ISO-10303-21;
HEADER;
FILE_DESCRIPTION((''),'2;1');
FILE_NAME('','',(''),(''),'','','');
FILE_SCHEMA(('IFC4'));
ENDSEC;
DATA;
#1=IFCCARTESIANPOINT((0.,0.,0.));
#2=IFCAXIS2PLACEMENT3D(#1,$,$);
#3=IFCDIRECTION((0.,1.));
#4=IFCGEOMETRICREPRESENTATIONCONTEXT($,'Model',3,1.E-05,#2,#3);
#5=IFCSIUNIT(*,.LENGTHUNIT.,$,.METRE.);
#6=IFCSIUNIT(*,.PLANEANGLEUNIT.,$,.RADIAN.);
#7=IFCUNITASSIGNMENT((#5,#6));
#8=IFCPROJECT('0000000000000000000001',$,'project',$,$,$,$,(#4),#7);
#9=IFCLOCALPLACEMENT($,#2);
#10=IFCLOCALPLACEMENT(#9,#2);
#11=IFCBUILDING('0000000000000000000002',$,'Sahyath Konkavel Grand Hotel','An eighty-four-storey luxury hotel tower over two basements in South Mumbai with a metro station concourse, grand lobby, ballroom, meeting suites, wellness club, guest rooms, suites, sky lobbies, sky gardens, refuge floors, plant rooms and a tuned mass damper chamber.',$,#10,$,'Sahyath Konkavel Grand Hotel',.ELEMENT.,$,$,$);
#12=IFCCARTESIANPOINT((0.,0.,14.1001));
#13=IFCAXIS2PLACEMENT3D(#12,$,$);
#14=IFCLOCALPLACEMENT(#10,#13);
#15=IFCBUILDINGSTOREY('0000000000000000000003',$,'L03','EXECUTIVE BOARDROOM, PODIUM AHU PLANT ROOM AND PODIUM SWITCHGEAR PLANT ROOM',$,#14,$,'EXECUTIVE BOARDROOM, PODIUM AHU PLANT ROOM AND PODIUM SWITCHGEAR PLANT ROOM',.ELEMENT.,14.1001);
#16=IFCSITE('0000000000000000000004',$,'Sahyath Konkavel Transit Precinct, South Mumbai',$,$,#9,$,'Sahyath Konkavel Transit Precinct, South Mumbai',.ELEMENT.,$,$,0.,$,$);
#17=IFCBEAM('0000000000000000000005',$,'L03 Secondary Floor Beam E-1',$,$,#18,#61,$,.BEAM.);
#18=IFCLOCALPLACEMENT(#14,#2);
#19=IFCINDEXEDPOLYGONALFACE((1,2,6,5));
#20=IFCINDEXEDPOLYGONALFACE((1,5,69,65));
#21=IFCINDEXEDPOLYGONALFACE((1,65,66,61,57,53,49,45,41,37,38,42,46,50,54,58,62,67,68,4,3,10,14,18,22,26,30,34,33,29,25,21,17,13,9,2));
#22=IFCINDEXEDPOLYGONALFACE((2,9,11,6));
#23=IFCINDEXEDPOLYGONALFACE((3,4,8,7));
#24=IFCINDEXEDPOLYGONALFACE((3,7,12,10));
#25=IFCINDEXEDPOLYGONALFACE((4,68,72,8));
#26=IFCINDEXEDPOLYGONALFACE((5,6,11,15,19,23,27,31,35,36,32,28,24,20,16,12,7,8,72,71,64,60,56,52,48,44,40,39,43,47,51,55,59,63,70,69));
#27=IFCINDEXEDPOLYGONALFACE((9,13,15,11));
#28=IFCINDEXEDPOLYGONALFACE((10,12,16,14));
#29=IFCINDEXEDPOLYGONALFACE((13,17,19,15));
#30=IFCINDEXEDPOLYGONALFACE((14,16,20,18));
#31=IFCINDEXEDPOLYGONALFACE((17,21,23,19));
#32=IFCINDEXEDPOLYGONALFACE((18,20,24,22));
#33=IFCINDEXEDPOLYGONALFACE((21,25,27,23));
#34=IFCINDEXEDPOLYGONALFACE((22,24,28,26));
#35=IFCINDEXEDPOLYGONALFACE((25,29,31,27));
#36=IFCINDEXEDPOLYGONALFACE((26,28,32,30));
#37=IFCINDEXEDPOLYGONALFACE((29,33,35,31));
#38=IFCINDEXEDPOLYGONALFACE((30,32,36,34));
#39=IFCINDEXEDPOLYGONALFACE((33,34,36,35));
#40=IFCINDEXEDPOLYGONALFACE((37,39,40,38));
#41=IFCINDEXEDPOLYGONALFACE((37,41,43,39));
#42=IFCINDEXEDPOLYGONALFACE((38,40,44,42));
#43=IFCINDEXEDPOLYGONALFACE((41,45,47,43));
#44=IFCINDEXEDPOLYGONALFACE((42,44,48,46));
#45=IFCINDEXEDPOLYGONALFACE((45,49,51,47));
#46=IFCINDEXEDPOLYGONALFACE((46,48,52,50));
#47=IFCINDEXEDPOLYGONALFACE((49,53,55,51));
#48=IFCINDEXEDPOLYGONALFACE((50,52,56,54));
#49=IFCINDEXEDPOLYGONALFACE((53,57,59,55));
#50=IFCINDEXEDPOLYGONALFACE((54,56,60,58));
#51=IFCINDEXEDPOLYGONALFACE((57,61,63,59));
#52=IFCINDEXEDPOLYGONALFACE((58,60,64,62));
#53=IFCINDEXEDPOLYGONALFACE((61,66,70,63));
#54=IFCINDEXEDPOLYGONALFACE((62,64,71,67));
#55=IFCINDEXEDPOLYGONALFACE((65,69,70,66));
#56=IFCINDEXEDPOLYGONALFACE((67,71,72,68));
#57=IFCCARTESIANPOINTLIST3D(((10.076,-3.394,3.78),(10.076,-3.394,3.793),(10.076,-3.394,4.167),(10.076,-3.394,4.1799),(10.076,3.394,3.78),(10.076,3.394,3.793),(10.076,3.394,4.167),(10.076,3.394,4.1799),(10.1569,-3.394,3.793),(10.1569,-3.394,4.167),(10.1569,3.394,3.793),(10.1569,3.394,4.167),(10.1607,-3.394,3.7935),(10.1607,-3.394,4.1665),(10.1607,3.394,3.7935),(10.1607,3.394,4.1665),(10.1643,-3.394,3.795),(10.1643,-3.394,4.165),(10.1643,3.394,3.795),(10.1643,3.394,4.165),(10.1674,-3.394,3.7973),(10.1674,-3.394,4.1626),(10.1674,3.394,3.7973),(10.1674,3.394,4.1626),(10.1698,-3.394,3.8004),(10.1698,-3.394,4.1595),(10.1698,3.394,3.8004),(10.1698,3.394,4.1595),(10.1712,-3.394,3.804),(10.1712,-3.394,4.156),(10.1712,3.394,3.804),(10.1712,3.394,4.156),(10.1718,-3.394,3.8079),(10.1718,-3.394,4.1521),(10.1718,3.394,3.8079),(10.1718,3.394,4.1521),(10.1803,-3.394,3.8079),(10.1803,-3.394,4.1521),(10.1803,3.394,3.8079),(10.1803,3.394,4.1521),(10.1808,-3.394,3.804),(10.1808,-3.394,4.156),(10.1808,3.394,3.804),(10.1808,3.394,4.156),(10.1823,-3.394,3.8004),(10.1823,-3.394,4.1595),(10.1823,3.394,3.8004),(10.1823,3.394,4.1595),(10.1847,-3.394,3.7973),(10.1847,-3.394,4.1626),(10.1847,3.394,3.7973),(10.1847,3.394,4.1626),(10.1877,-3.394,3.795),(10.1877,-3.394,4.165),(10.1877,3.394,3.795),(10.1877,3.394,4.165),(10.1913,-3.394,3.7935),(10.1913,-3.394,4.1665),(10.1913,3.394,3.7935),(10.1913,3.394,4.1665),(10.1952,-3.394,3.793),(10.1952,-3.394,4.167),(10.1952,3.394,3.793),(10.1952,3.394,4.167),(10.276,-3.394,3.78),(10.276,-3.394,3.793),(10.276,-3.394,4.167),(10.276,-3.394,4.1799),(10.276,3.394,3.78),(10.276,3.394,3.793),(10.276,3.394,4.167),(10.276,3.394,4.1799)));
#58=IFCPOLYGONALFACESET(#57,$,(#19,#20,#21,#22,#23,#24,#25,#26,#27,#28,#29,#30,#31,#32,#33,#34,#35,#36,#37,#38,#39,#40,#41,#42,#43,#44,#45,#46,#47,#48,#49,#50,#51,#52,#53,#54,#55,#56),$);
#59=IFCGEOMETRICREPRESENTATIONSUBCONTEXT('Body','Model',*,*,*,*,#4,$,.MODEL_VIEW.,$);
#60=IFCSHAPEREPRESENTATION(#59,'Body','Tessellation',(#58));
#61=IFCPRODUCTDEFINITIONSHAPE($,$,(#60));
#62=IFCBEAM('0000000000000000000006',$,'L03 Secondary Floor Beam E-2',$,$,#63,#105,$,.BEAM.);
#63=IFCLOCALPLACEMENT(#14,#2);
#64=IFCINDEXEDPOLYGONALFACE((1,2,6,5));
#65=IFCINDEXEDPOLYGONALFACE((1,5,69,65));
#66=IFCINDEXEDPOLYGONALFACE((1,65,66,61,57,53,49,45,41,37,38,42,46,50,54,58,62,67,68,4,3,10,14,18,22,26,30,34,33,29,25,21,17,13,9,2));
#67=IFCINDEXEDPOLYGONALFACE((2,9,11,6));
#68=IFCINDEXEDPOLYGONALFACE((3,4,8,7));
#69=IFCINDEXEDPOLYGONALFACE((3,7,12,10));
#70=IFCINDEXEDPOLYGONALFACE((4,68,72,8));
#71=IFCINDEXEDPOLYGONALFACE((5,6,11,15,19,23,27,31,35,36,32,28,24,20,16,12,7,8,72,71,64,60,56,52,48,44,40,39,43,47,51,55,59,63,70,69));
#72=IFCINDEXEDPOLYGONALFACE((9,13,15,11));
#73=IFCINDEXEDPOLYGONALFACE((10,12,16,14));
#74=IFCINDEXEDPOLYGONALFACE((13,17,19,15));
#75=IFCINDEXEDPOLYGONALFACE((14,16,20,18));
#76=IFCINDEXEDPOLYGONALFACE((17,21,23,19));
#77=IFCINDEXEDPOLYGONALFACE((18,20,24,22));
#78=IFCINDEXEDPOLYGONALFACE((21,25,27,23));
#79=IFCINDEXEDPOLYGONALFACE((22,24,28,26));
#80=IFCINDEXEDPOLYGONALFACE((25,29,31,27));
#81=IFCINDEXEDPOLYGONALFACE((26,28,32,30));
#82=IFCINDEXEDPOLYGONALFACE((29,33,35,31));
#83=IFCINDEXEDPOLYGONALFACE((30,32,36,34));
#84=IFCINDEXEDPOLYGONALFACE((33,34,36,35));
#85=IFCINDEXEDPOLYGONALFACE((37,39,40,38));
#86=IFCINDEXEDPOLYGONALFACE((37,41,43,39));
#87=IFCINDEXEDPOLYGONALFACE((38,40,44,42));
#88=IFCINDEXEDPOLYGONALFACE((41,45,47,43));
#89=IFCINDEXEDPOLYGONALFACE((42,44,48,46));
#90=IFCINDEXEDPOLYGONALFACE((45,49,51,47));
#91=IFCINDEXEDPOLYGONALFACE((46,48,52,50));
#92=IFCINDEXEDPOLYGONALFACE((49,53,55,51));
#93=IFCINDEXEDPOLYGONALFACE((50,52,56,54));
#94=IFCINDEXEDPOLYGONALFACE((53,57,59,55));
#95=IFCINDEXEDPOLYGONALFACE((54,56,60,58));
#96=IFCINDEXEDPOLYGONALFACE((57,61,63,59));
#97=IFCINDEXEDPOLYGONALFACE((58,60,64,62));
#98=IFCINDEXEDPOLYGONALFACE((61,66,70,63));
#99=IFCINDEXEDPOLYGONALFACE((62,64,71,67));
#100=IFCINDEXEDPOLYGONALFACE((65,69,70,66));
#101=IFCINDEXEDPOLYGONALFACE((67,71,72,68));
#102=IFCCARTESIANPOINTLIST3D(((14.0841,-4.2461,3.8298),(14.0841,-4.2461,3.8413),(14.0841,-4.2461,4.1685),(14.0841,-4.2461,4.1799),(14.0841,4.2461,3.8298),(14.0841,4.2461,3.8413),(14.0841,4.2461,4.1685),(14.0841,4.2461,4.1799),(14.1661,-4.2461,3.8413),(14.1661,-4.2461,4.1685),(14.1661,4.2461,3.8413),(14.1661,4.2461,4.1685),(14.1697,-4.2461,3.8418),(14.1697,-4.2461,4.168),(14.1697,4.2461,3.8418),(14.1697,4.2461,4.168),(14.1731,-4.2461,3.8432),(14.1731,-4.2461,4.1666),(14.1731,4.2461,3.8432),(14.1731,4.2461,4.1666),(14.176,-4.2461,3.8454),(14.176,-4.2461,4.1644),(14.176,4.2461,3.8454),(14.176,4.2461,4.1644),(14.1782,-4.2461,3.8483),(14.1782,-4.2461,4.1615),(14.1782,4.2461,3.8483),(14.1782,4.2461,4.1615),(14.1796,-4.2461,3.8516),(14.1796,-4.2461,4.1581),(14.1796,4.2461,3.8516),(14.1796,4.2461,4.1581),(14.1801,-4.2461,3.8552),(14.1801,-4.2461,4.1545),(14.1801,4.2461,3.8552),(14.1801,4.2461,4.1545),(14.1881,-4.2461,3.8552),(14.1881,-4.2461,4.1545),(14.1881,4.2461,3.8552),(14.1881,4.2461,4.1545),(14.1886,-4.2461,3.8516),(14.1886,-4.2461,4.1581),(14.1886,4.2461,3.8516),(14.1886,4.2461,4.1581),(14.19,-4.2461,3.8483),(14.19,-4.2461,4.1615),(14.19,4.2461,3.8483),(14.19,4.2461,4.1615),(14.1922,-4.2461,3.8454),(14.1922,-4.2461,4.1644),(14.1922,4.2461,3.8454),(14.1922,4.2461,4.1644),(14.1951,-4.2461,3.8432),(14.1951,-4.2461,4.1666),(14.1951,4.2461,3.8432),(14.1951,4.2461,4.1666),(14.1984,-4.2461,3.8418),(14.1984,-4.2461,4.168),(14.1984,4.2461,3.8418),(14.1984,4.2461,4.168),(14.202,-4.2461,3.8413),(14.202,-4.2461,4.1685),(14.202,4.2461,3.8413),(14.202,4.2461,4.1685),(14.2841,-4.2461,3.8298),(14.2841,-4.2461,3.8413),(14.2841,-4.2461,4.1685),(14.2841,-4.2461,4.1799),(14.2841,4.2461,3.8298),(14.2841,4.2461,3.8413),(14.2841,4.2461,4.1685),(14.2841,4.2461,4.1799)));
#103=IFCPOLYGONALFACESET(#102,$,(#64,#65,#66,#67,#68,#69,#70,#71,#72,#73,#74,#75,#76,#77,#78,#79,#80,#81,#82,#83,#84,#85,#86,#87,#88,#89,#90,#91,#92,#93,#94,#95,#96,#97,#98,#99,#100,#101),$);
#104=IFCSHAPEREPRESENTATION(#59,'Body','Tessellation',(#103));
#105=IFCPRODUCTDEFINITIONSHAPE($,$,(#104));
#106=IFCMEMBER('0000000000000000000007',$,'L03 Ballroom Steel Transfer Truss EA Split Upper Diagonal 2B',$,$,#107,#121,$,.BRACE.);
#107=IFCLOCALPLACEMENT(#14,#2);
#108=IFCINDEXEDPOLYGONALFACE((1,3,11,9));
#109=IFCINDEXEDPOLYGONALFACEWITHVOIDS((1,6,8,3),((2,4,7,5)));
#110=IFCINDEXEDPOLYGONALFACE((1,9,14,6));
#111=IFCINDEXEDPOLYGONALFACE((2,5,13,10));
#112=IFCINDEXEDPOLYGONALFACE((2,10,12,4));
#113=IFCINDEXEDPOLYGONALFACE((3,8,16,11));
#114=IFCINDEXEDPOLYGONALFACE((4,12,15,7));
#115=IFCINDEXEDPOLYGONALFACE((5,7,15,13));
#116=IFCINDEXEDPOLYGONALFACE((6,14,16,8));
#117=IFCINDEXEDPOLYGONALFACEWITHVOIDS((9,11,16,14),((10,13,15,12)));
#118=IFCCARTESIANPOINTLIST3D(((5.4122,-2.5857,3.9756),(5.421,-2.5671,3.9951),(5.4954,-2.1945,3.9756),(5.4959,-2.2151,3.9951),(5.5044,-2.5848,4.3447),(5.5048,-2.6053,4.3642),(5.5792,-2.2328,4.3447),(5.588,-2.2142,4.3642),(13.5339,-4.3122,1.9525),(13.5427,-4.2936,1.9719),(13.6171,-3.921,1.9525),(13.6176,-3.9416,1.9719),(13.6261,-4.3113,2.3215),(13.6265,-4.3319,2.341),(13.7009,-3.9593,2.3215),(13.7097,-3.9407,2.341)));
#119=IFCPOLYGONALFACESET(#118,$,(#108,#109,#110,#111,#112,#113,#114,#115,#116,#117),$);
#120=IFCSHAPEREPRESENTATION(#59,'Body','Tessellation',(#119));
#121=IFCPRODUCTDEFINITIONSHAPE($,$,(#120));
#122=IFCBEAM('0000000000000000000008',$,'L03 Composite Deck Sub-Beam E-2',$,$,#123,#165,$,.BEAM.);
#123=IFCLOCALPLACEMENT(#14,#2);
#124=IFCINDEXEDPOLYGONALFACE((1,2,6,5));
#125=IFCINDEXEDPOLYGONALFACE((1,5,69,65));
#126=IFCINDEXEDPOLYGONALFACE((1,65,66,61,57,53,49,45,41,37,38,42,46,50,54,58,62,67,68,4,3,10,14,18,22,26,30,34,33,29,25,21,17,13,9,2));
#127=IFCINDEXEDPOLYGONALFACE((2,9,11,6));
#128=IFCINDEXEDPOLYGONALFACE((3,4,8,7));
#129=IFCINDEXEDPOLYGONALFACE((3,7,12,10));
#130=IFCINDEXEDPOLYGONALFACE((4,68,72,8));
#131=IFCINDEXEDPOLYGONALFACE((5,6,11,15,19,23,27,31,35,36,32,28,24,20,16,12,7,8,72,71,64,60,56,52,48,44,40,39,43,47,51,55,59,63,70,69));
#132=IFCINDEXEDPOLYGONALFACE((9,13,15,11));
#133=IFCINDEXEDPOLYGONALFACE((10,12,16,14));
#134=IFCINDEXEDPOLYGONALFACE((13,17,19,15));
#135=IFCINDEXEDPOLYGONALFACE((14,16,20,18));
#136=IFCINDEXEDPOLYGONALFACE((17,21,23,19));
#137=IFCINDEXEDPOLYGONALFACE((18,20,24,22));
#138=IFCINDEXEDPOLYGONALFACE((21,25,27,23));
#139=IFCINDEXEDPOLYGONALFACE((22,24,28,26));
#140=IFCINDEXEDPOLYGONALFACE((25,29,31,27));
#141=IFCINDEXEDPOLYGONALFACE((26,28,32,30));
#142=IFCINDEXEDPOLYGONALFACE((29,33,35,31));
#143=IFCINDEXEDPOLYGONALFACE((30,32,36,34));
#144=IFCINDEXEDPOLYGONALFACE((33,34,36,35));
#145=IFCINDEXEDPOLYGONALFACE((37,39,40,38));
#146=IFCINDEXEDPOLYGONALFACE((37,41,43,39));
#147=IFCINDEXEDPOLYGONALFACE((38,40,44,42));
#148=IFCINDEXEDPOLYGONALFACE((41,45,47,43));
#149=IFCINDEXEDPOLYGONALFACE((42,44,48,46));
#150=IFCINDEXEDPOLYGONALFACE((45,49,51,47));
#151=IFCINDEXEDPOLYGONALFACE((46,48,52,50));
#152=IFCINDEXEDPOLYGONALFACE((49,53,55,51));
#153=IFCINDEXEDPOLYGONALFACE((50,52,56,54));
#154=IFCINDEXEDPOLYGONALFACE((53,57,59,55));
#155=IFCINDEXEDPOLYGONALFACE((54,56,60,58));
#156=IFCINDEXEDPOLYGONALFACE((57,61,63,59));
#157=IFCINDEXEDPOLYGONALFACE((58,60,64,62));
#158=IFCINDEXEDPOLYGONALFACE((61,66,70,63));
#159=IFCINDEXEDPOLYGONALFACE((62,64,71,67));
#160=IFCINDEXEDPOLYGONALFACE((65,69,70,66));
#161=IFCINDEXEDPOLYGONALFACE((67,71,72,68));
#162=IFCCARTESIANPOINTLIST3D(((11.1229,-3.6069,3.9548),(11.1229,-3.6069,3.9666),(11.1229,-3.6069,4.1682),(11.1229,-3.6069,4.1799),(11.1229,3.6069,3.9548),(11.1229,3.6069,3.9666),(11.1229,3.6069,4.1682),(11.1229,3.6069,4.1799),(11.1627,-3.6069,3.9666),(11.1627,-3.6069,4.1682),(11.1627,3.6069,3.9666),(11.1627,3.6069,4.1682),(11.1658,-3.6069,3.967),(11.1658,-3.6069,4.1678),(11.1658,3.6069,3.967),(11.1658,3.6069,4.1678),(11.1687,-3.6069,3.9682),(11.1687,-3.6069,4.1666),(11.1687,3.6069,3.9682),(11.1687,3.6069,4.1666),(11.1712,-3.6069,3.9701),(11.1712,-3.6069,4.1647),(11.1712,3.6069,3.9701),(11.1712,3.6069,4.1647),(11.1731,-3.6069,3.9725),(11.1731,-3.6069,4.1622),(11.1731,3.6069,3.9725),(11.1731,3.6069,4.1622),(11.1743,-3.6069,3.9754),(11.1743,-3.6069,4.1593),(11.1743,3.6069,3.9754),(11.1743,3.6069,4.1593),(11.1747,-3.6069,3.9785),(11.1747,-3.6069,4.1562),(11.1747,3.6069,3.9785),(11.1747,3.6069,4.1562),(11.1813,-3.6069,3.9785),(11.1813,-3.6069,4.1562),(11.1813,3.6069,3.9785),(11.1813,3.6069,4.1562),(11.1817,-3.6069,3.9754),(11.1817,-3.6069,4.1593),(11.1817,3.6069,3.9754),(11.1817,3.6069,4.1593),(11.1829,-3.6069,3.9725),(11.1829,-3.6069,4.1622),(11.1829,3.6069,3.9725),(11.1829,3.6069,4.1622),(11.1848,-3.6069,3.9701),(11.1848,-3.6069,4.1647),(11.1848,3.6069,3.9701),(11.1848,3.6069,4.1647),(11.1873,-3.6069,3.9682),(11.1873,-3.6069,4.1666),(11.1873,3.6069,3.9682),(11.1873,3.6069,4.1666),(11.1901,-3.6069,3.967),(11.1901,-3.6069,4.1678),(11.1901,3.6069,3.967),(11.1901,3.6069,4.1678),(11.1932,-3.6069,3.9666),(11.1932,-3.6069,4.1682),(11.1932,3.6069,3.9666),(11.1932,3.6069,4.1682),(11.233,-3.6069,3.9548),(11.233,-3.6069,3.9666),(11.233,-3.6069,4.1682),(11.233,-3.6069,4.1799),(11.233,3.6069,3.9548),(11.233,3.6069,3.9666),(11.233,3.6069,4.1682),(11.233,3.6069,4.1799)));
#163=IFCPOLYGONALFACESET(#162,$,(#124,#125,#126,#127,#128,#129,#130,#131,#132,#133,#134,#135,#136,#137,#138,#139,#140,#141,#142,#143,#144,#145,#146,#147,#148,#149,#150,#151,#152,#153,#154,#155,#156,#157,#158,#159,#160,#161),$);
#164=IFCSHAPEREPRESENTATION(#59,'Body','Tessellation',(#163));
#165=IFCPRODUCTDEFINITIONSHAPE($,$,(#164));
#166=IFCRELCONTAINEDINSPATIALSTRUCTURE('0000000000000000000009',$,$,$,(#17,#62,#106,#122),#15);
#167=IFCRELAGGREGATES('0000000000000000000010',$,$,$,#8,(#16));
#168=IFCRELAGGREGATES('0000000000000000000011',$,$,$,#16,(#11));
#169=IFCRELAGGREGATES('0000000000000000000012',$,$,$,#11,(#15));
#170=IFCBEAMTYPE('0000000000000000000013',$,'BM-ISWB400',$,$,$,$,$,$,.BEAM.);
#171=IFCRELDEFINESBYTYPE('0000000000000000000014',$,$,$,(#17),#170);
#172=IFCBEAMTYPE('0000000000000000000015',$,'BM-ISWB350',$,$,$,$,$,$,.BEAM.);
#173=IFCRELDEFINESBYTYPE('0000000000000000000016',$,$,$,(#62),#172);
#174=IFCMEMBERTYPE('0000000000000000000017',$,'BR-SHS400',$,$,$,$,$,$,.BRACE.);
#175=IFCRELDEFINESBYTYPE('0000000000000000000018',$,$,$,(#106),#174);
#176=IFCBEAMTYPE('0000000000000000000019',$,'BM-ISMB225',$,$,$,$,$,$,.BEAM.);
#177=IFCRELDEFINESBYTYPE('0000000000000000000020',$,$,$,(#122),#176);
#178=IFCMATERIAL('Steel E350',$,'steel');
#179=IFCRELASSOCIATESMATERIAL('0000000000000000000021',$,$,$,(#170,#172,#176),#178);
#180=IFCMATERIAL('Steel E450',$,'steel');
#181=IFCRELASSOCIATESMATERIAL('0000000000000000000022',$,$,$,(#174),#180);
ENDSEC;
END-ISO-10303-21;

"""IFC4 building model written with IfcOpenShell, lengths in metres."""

from ifc_helpers import new_model, si_unit, direction, frame, origin, origin_2d, place, context, subcontext, project, spatial, hollow_rectangle, i_section, extrude, source, transform, mapped, material, material_profile, profile_set, type_object, element, save


model = new_model("IFC4")

# Units and contexts
model_context = context("Model", 3, precision=1e-05, world=origin(), true_north=direction((0.0, 1.0)))
body_context = subcontext(model_context, "Body", "Model", "MODEL_VIEW")
ifc_project = project(units=[si_unit("LENGTHUNIT", "METRE"), si_unit("PLANEANGLEUNIT", "RADIAN")], contexts=[model_context])

# Site, building, storey
site_placement = place(None, origin())
site = spatial("IfcSite", under=ifc_project, at=site_placement, Name="Sahyath Konkavel Transit Precinct, South Mumbai", LongName="Sahyath Konkavel Transit Precinct, South Mumbai", CompositionType="ELEMENT", RefElevation=0.0)
building_placement = place(site_placement, origin())
building = spatial("IfcBuilding", under=site, at=building_placement, Name="Sahyath Konkavel Grand Hotel", Description="An eighty-four-storey luxury hotel tower over two basements in South Mumbai with a metro station concourse, grand lobby, ballroom, meeting suites, wellness club, guest rooms, suites, sky lobbies, sky gardens, refuge floors, plant rooms and a tuned mass damper chamber.", LongName="Sahyath Konkavel Grand Hotel", CompositionType="ELEMENT")
storey_placement = place(building_placement, frame((0.0, 0.0, 14.1001)))
storey = spatial("IfcBuildingStorey", under=building, at=storey_placement, Name="L03", Description="EXECUTIVE BOARDROOM, PODIUM AHU PLANT ROOM AND PODIUM SWITCHGEAR PLANT ROOM", LongName="EXECUTIVE BOARDROOM, PODIUM AHU PLANT ROOM AND PODIUM SWITCHGEAR PLANT ROOM", CompositionType="ELEMENT", Elevation=14.1001)

# Shared definitions
ifc_material_1 = material(Name="Steel E350", Category="steel")

# Beams
ifc_material_profile_1 = material_profile(ifc_material_1, i_section(OverallWidth=0.2, OverallDepth=0.3999, WebThickness=0.0085, FlangeThickness=0.0129, FilletRadius=0.0149, at=origin_2d()), Name="ISWB 400")
ifc_profile_set_1 = profile_set([ifc_material_profile_1], Name="Steel E350")
beam_type_1 = type_object("IfcBeamType", Name="BM-ISWB400", PredefinedType="BEAM", material=ifc_profile_set_1)
shared_shape_1 = source(origin(), body_context, "Body", "SweptSolid", [
    extrude(i_section(OverallWidth=0.2, OverallDepth=0.3999, WebThickness=0.0085, FlangeThickness=0.0129, FilletRadius=0.0149, at=origin_2d()), origin(), (0.0, 0.0, 1.0), 6.7881),
])
beam_1_placement = place(storey_placement, frame((10.176, -3.394, 3.98), z_axis=(0.0, 1.0, 0.0), x_axis=(-1.0, 0.0, 0.0)))
element("IfcBeam", 1, at=beam_1_placement, inside=storey, type_object=beam_type_1, Name="L03 Secondary Floor Beam E-1", PredefinedType="BEAM", context=body_context, shape_type="MappedRepresentation", body=[
    mapped(shared_shape_1, transform((0.0, 0.0, 0.0), scale=1.0)),
])
ifc_material_profile_2 = material_profile(ifc_material_1, i_section(OverallWidth=0.2, OverallDepth=0.3501, WebThickness=0.0081, FlangeThickness=0.0115, FilletRadius=0.0139, at=origin_2d()), Name="ISWB 350")
ifc_profile_set_2 = profile_set([ifc_material_profile_2], Name="Steel E350")
beam_type_2 = type_object("IfcBeamType", Name="BM-ISWB350", PredefinedType="BEAM", material=ifc_profile_set_2)
shared_shape_2 = source(origin(), body_context, "Body", "SweptSolid", [
    extrude(i_section(OverallWidth=0.2, OverallDepth=0.3501, WebThickness=0.0081, FlangeThickness=0.0115, FilletRadius=0.0139, at=origin_2d()), origin(), (0.0, 0.0, 1.0), 8.4922),
])
beam_2_placement = place(storey_placement, frame((14.1841, -4.2461, 4.0049), z_axis=(0.0, 1.0, 0.0), x_axis=(-1.0, 0.0, 0.0)))
element("IfcBeam", 2, at=beam_2_placement, inside=storey, type_object=beam_type_2, Name="L03 Secondary Floor Beam E-2", PredefinedType="BEAM", context=body_context, shape_type="MappedRepresentation", body=[
    mapped(shared_shape_2, transform((0.0, 0.0, 0.0), scale=1.0)),
])

# Member
ifc_material_2 = material(Name="Steel E450", Category="steel")
ifc_material_profile_3 = material_profile(ifc_material_2, hollow_rectangle(XDim=0.3999, YDim=0.3999, WallThickness=0.02, at=origin_2d()), Name="SHS 400x400x20")
ifc_profile_set_3 = profile_set([ifc_material_profile_3], Name="Steel E450")
member_type_1 = type_object("IfcMemberType", Name="BR-SHS400", PredefinedType="BRACE", material=ifc_profile_set_3)
shared_shape_3 = source(origin(), body_context, "Body", "SweptSolid", [
    extrude(hollow_rectangle(XDim=0.3999, YDim=0.3999, WallThickness=0.02, at=origin_2d()), origin(), (0.0, 0.0, 1.0), 8.5461),
])
member_1_placement = place(storey_placement, frame((13.6218, -4.1265, 2.1467), z_axis=(-0.950338, 0.202026, 0.236735), x_axis=(-0.207936, -0.978142, 0.0)))
element("IfcMember", 3, at=member_1_placement, inside=storey, type_object=member_type_1, Name="L03 Ballroom Steel Transfer Truss EA Split Upper Diagonal 2B", PredefinedType="BRACE", context=body_context, shape_type="MappedRepresentation", body=[
    mapped(shared_shape_3, transform((0.0, 0.0, 0.0), scale=1.0)),
])

# Beam
ifc_material_profile_4 = material_profile(ifc_material_1, i_section(OverallWidth=0.1101, OverallDepth=0.2251, WebThickness=0.0066, FlangeThickness=0.0117, FilletRadius=0.012, at=origin_2d()), Name="ISMB 225")
ifc_profile_set_4 = profile_set([ifc_material_profile_4], Name="Steel E350")
beam_type_3 = type_object("IfcBeamType", Name="BM-ISMB225", PredefinedType="BEAM", material=ifc_profile_set_4)
shared_shape_4 = source(origin(), body_context, "Body", "SweptSolid", [
    extrude(i_section(OverallWidth=0.1101, OverallDepth=0.2251, WebThickness=0.0066, FlangeThickness=0.0117, FilletRadius=0.012, at=origin_2d()), origin(), (0.0, 0.0, 1.0), 7.2139),
])
beam_3_placement = place(storey_placement, frame((11.178, -3.6069, 4.0674), z_axis=(0.0, 1.0, 0.0), x_axis=(-1.0, 0.0, 0.0)))
element("IfcBeam", 4, at=beam_3_placement, inside=storey, type_object=beam_type_3, Name="L03 Composite Deck Sub-Beam E-2", PredefinedType="BEAM", context=body_context, shape_type="MappedRepresentation", body=[
    mapped(shared_shape_4, transform((0.0, 0.0, 0.0), scale=1.0)),
])

save(model, "model.ifc")
